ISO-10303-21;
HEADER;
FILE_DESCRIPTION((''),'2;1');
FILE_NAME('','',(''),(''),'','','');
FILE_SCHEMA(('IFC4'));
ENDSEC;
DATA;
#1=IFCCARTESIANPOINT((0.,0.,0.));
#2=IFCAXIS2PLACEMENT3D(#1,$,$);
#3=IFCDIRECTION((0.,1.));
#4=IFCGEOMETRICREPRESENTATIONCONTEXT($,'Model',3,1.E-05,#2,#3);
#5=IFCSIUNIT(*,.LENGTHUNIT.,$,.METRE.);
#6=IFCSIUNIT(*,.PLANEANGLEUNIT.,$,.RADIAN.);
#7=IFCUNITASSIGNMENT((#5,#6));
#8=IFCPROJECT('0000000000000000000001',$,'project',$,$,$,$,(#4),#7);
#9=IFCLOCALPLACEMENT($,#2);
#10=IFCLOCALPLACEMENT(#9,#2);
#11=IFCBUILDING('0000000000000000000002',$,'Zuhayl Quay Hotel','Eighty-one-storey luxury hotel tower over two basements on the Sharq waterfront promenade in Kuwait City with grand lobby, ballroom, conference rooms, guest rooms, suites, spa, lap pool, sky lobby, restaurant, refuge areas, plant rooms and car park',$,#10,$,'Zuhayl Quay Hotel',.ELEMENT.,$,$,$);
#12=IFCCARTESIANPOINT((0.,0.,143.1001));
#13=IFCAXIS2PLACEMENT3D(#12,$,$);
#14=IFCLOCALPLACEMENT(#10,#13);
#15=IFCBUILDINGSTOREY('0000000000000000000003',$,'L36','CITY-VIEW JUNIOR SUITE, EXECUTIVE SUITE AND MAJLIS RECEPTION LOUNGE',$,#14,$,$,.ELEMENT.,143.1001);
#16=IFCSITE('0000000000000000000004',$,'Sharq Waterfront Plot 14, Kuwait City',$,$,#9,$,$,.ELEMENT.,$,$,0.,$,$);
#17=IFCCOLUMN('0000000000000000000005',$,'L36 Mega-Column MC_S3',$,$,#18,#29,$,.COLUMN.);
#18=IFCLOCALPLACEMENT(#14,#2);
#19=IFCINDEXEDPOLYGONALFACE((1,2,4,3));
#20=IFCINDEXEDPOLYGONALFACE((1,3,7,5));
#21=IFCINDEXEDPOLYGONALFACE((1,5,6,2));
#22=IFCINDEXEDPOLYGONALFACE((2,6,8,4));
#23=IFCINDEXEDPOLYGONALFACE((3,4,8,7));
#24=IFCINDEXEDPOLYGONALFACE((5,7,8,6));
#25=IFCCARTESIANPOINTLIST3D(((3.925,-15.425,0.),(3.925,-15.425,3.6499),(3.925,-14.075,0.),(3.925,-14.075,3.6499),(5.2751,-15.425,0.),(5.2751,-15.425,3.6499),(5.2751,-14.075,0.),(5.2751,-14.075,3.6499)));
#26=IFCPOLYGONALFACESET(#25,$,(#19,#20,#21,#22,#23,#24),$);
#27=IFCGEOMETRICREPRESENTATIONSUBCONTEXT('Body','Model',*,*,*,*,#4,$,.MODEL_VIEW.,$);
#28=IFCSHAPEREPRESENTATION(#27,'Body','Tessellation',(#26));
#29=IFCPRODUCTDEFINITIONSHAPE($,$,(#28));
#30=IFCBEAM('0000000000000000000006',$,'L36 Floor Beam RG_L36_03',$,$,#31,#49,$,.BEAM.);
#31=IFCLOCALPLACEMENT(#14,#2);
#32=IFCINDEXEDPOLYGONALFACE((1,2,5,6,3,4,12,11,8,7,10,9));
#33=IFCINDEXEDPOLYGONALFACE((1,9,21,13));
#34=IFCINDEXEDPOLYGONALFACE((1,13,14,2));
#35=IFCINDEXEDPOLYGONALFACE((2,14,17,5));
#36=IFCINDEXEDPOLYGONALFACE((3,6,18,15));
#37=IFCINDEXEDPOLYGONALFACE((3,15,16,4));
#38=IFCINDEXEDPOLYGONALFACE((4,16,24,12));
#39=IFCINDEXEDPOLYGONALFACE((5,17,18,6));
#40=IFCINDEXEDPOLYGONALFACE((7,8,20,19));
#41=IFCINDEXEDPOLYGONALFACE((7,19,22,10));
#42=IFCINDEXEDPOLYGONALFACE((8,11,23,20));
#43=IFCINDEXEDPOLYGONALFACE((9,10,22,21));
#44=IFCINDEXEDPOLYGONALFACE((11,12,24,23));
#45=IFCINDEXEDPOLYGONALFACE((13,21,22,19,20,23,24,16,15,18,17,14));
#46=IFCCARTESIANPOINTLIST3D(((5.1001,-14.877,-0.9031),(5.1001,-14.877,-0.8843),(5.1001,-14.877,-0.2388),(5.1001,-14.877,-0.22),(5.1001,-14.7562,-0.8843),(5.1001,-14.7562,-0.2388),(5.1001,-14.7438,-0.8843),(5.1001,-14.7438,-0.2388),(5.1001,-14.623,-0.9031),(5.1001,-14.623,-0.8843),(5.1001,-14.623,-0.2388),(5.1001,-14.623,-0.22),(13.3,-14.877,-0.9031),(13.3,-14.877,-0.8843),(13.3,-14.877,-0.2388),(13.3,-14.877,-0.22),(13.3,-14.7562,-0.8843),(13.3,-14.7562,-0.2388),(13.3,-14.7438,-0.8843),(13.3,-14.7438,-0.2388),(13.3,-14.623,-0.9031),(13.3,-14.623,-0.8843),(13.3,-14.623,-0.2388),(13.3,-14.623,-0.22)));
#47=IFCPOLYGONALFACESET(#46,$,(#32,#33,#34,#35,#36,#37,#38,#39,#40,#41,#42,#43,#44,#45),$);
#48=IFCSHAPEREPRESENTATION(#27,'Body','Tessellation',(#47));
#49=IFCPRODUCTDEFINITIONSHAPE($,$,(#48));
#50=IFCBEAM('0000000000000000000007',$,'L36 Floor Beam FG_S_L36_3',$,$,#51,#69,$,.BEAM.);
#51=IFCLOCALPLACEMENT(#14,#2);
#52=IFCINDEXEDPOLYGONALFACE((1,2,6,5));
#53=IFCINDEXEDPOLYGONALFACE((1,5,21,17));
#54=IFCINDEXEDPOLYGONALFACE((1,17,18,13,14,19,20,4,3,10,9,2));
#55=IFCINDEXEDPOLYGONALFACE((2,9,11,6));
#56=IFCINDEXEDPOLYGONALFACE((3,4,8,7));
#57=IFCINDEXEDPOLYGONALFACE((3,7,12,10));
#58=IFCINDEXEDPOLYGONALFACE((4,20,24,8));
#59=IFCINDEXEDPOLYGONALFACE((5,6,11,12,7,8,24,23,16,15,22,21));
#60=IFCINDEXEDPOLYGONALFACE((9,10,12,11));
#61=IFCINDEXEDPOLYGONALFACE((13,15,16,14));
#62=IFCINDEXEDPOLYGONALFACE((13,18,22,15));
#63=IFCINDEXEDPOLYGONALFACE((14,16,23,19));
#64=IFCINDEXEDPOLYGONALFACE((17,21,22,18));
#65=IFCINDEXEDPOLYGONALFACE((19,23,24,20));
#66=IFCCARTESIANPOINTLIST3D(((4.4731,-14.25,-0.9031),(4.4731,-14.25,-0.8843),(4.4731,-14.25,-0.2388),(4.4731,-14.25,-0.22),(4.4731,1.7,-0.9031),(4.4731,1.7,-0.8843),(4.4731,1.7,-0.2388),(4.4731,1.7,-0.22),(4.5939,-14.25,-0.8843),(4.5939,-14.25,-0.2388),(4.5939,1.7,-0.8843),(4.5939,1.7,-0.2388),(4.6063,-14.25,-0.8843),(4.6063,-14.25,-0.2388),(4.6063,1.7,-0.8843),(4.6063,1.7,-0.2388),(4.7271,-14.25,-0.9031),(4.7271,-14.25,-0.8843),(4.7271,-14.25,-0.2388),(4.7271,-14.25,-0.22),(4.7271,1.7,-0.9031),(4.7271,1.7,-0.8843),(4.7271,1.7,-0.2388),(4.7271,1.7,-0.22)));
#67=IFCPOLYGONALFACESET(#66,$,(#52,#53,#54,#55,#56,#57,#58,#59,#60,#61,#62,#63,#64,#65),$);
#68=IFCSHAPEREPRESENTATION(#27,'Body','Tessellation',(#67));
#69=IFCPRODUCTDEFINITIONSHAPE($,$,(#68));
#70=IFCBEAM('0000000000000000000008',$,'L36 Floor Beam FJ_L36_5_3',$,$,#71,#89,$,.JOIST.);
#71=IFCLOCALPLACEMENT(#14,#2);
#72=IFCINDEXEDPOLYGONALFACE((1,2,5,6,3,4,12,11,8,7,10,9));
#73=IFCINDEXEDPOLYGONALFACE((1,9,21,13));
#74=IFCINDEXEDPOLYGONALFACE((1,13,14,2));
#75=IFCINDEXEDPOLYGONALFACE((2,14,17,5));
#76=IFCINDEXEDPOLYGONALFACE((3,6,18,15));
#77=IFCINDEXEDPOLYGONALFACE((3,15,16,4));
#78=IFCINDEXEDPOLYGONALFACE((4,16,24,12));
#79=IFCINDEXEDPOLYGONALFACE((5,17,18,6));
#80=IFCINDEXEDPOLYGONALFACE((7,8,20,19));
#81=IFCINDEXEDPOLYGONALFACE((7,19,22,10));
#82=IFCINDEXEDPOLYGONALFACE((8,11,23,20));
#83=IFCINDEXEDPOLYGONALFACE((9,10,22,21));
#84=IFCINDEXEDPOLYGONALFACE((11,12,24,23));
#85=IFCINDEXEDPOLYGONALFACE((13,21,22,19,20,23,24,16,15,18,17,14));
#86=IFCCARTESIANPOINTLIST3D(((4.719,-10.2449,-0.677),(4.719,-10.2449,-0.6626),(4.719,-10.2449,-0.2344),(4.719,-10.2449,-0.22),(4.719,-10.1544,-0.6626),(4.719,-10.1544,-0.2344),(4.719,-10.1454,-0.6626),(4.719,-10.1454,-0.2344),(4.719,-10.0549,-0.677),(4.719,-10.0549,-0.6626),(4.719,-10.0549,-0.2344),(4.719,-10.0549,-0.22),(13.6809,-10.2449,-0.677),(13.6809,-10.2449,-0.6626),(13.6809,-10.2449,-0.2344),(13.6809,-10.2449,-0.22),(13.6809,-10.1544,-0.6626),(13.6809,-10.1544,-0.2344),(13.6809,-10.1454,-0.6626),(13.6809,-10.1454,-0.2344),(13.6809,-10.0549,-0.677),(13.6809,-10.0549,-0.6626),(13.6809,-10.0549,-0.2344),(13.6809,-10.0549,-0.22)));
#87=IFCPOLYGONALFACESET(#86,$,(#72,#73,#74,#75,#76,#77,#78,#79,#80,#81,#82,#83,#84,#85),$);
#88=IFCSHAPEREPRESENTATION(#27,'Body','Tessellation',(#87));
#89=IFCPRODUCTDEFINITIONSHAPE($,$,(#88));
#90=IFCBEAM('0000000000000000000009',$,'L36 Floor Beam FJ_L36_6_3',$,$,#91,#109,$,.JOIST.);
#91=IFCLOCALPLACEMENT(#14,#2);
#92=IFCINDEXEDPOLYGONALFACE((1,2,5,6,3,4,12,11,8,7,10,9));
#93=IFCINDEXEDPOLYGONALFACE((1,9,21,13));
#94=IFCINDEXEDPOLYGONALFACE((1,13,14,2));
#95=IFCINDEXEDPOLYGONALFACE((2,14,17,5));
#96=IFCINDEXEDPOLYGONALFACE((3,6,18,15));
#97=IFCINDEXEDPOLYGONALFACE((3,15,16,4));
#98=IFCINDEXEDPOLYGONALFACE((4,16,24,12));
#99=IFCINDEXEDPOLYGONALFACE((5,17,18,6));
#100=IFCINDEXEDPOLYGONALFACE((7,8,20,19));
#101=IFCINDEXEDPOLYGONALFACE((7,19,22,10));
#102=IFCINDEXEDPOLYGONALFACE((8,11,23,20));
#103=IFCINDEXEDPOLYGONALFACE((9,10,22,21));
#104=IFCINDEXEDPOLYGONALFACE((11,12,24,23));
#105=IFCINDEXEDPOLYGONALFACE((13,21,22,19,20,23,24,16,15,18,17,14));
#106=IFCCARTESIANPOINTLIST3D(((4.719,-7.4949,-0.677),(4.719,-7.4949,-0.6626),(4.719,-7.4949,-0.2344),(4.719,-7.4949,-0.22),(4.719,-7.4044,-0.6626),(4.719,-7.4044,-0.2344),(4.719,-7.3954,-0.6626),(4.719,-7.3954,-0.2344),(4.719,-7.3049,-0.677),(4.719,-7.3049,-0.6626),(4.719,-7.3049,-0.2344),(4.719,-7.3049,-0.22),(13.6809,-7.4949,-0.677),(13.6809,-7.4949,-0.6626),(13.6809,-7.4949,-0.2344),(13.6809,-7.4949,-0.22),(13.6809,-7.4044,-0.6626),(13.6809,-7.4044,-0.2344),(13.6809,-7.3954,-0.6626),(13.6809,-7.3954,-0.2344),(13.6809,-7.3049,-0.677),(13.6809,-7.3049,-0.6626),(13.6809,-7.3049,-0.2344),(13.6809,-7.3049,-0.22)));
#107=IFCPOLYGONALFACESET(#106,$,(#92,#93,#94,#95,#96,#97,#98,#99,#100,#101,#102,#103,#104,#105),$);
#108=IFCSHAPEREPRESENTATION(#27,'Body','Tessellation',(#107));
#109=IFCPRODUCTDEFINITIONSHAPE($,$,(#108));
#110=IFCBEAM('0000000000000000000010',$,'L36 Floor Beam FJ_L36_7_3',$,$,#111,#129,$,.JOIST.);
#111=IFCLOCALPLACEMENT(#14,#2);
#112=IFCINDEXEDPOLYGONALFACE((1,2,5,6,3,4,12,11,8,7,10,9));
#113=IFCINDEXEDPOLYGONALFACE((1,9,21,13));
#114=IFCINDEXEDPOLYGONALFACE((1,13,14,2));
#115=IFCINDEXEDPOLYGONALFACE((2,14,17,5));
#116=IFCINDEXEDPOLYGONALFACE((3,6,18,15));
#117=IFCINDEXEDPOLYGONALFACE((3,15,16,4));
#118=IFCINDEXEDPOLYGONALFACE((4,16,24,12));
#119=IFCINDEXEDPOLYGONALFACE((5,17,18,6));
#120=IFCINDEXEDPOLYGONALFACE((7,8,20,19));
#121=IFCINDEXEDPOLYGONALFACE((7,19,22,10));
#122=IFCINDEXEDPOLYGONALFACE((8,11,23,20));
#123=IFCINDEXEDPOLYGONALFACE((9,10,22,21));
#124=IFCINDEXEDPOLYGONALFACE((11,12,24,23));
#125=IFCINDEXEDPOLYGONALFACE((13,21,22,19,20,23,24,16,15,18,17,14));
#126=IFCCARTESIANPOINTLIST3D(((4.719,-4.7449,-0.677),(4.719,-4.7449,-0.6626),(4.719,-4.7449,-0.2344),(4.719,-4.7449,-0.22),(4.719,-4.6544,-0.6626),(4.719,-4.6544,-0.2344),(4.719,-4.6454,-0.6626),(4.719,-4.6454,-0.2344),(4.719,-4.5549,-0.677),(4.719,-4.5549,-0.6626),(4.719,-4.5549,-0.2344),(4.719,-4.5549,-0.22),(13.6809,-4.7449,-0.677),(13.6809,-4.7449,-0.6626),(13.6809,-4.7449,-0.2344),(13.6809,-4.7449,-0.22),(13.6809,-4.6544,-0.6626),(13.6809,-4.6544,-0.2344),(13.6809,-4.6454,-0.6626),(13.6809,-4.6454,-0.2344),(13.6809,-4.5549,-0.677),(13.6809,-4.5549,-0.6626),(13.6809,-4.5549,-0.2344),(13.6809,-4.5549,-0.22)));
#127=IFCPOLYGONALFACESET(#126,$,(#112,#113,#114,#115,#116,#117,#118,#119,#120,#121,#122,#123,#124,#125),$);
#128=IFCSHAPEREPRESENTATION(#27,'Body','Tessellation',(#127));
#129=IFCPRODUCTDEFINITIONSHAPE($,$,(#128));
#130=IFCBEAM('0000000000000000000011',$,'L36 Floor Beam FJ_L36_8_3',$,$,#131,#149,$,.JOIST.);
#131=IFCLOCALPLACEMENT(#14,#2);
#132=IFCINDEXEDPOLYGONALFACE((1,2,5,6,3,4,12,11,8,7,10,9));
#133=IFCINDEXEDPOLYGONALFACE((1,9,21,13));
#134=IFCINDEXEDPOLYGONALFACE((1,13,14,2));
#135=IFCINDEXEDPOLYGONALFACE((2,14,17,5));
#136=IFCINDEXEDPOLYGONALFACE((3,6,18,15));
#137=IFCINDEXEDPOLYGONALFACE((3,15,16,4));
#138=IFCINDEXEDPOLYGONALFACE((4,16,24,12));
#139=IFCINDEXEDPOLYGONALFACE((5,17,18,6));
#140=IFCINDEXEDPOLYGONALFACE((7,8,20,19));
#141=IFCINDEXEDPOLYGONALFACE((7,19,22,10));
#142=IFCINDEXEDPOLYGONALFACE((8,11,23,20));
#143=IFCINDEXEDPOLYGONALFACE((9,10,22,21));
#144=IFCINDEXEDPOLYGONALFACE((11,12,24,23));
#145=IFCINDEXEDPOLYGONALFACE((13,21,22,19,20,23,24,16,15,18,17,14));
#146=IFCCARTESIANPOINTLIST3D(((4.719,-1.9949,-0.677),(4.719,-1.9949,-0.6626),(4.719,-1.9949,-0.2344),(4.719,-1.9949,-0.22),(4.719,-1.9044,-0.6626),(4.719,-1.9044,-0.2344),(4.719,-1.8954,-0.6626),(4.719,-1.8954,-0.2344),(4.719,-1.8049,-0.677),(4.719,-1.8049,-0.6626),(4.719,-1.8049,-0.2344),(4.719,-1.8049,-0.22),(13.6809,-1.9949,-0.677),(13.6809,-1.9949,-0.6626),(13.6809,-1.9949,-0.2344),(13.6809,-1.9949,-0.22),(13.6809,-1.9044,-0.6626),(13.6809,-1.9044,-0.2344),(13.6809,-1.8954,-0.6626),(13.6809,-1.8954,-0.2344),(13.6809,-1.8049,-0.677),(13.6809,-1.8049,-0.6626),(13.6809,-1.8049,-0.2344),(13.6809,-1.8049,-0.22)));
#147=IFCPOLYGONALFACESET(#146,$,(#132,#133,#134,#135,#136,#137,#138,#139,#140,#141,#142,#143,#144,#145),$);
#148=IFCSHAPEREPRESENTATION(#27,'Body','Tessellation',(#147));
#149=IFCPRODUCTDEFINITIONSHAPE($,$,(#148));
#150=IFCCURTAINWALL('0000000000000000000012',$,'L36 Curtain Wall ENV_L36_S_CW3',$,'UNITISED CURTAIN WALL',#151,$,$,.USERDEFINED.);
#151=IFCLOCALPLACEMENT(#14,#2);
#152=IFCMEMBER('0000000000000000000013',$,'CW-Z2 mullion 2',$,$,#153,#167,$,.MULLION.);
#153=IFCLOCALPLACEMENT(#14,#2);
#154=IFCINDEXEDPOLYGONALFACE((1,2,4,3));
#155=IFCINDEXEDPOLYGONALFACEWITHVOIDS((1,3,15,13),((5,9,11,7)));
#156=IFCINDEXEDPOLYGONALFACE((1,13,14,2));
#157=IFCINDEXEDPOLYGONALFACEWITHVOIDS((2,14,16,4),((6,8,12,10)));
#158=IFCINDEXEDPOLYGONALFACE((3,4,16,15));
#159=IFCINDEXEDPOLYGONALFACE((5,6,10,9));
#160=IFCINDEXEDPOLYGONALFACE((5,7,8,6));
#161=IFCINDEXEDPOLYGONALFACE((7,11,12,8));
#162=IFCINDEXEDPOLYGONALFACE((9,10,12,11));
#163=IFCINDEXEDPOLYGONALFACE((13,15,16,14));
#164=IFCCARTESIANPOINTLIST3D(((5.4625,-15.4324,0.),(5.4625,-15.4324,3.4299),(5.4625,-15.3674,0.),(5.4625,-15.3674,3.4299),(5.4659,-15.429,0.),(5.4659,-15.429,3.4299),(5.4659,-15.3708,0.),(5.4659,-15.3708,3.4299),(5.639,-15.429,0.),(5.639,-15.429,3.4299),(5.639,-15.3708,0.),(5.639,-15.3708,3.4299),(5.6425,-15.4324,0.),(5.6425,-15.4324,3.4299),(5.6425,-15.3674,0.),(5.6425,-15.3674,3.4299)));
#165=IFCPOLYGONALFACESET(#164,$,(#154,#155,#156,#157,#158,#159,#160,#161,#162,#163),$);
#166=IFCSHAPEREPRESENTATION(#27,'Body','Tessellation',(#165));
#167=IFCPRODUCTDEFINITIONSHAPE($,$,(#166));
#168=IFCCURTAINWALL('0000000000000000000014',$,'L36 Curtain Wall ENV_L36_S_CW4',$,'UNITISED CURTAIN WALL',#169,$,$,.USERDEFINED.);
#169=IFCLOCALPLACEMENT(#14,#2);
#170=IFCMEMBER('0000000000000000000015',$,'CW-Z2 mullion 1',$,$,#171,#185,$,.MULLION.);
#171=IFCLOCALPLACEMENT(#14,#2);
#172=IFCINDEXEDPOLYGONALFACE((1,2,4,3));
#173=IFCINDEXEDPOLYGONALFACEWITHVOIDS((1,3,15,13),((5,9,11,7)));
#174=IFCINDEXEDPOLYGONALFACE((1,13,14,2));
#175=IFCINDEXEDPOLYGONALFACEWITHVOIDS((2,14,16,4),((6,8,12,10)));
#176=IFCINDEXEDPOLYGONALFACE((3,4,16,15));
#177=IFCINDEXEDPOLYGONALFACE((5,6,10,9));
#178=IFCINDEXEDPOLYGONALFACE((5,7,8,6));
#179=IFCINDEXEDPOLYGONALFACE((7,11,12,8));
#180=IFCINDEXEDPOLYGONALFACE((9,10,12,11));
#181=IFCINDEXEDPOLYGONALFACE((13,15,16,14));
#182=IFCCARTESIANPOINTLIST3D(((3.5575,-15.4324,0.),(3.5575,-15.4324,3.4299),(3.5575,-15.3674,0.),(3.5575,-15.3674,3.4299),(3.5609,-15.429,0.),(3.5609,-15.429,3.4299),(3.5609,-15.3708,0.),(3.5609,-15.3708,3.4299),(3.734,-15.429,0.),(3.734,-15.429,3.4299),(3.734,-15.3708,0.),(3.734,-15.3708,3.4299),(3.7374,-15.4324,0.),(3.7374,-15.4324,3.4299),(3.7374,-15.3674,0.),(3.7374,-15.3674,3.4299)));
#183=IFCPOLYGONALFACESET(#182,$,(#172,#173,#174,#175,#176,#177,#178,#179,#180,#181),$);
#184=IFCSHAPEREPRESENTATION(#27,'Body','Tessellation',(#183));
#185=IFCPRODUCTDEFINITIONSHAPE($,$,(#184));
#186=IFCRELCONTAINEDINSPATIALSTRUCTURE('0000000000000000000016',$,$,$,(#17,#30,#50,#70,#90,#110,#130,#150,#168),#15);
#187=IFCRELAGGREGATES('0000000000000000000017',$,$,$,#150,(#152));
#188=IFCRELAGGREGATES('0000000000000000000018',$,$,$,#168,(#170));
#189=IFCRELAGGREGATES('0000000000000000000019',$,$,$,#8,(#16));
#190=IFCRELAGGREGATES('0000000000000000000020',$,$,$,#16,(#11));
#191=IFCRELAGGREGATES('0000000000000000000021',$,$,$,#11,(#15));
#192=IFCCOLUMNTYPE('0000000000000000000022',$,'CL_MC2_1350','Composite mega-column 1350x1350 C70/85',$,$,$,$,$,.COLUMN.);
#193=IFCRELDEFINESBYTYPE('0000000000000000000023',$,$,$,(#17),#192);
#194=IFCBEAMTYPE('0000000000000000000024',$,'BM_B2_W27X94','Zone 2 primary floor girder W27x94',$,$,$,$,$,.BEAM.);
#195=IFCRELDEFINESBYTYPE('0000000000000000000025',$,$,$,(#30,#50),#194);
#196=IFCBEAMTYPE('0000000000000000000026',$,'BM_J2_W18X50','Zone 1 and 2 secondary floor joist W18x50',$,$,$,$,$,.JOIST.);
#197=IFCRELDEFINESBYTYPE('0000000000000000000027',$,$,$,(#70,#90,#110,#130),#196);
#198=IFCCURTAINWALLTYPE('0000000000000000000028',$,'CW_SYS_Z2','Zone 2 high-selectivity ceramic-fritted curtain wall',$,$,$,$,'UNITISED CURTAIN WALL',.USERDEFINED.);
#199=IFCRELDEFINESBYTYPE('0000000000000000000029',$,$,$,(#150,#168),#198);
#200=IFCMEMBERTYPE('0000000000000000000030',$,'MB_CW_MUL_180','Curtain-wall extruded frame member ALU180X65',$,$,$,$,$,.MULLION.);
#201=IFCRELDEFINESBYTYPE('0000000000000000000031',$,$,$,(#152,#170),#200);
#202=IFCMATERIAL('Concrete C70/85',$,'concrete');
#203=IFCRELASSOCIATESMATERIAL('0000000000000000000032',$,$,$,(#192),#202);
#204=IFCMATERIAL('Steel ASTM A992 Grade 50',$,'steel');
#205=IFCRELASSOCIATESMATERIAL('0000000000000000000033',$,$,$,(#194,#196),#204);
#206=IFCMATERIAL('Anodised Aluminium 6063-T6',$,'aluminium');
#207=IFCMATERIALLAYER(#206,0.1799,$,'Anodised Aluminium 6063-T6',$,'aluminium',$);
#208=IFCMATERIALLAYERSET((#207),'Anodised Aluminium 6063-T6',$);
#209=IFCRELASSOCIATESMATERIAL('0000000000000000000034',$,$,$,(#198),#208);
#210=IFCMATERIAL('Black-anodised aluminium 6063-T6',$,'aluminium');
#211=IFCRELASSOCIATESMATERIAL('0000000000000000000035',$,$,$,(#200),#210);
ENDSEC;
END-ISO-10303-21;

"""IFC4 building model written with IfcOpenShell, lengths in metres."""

from ifc_helpers import new_model, si_unit, direction, frame, origin, origin_2d, place, context, subcontext, project, spatial, rectangle, hollow_rectangle, i_section, extrude, material, layer, layer_set, material_profile, profile_set, type_object, element, aggregate, save


model = new_model("IFC4")

# Units and contexts
model_context = context("Model", 3, precision=1e-05, world=origin(), true_north=direction((0.0, 1.0)))
body_context = subcontext(model_context, "Body", "Model", "MODEL_VIEW")
ifc_project = project(units=[si_unit("LENGTHUNIT", "METRE"), si_unit("PLANEANGLEUNIT", "RADIAN")], contexts=[model_context])

# Site, building, storey
site_placement = place(None, origin())
site = spatial("IfcSite", under=ifc_project, at=site_placement, Name="Sharq Waterfront Plot 14, Kuwait City", CompositionType="ELEMENT", RefElevation=0.0)
building_placement = place(site_placement, origin())
building = spatial("IfcBuilding", under=site, at=building_placement, Name="Zuhayl Quay Hotel", Description="Eighty-one-storey luxury hotel tower over two basements on the Sharq waterfront promenade in Kuwait City with grand lobby, ballroom, conference rooms, guest rooms, suites, spa, lap pool, sky lobby, restaurant, refuge areas, plant rooms and car park", LongName="Zuhayl Quay Hotel", CompositionType="ELEMENT")
storey_placement = place(building_placement, frame((0.0, 0.0, 143.1001)))
storey = spatial("IfcBuildingStorey", under=building, at=storey_placement, Name="L36", Description="CITY-VIEW JUNIOR SUITE, EXECUTIVE SUITE AND MAJLIS RECEPTION LOUNGE", CompositionType="ELEMENT", Elevation=143.1001)

# Column
ifc_material_1 = material(Name="Concrete C70/85", Category="concrete")
ifc_material_profile_1 = material_profile(ifc_material_1, rectangle(XDim=1.3501, YDim=1.3501, at=origin_2d()), Name="RC1350X1350")
ifc_profile_set_1 = profile_set([ifc_material_profile_1], Name="Concrete C70/85")
column_type = type_object("IfcColumnType", Name="CL_MC2_1350", Description="Composite mega-column 1350x1350 C70/85", PredefinedType="COLUMN", material=ifc_profile_set_1)
column_placement = place(storey_placement, frame((4.6001, -14.75, 0.0), z_axis=(0.0, 0.0, 1.0), x_axis=(1.0, 0.0, 0.0)))
element("IfcColumn", 1, at=column_placement, inside=storey, type_object=column_type, Name="L36 Mega-Column MC_S3", PredefinedType="COLUMN", context=body_context, shape_type="SweptSolid", body=[
    extrude(rectangle(XDim=1.3501, YDim=1.3501, at=origin_2d()), origin(), (0.0, 0.0, 1.0), 3.6499),
])

# Beams
ifc_material_2 = material(Name="Steel ASTM A992 Grade 50", Category="steel")
ifc_material_profile_2 = material_profile(ifc_material_2, i_section(OverallWidth=0.2539, OverallDepth=0.6831, WebThickness=0.0125, FlangeThickness=0.0188, at=origin_2d()), Name="W27X94")
ifc_profile_set_2 = profile_set([ifc_material_profile_2], Name="Steel ASTM A992 Grade 50")
beam_type_1 = type_object("IfcBeamType", Name="BM_B2_W27X94", Description="Zone 2 primary floor girder W27x94", PredefinedType="BEAM", material=ifc_profile_set_2)
beam_1_placement = place(storey_placement, frame((5.1001, -14.75, -0.5615), z_axis=(1.0, 0.0, 0.0), x_axis=(0.0, 1.0, 0.0)))
element("IfcBeam", 2, at=beam_1_placement, inside=storey, type_object=beam_type_1, Name="L36 Floor Beam RG_L36_03", PredefinedType="BEAM", context=body_context, shape_type="SweptSolid", body=[
    extrude(i_section(OverallWidth=0.2539, OverallDepth=0.6831, WebThickness=0.0125, FlangeThickness=0.0188, at=origin_2d()), origin(), (0.0, 0.0, 1.0), 8.2),
])
beam_2_placement = place(storey_placement, frame((4.6001, -14.25, -0.5615), z_axis=(0.0, 1.0, 0.0), x_axis=(-1.0, 0.0, 0.0)))
element("IfcBeam", 3, at=beam_2_placement, inside=storey, type_object=beam_type_1, Name="L36 Floor Beam FG_S_L36_3", PredefinedType="BEAM", context=body_context, shape_type="SweptSolid", body=[
    extrude(i_section(OverallWidth=0.2539, OverallDepth=0.6831, WebThickness=0.0125, FlangeThickness=0.0188, at=origin_2d()), origin(), (0.0, 0.0, 1.0), 15.95),
])
ifc_material_profile_3 = material_profile(ifc_material_2, i_section(OverallWidth=0.1899, OverallDepth=0.457, WebThickness=0.009, FlangeThickness=0.0144, at=origin_2d()), Name="W18X50")
ifc_profile_set_3 = profile_set([ifc_material_profile_3], Name="Steel ASTM A992 Grade 50")
beam_type_2 = type_object("IfcBeamType", Name="BM_J2_W18X50", Description="Zone 1 and 2 secondary floor joist W18x50", PredefinedType="JOIST", material=ifc_profile_set_3)
for number, where, z_axis, x_axis, name in (
    (4, (4.719, -10.1499, -0.4485), (1.0, 0.0, 0.0), (0.0, 1.0, 0.0), "L36 Floor Beam FJ_L36_5_3"),
    (5, (4.719, -7.3999, -0.4485), (1.0, 0.0, 0.0), (0.0, 1.0, 0.0), "L36 Floor Beam FJ_L36_6_3"),
    (6, (4.719, -4.6499, -0.4485), (1.0, 0.0, 0.0), (0.0, 1.0, 0.0), "L36 Floor Beam FJ_L36_7_3"),
    (7, (4.719, -1.8999, -0.4485), (1.0, 0.0, 0.0), (0.0, 1.0, 0.0), "L36 Floor Beam FJ_L36_8_3"),
):
    element("IfcBeam", number, at=place(storey_placement, frame(where, z_axis=z_axis, x_axis=x_axis)), inside=storey, type_object=beam_type_2, Name=name, PredefinedType="JOIST", context=body_context, shape_type="SweptSolid", body=[
        extrude(i_section(OverallWidth=0.1899, OverallDepth=0.457, WebThickness=0.009, FlangeThickness=0.0144, at=origin_2d()), origin(), (0.0, 0.0, 1.0), 8.9619),
    ])

# Curtain walls, members
ifc_material_3 = material(Name="Anodised Aluminium 6063-T6", Category="aluminium")
ifc_layer_1 = layer(ifc_material_3, 0.1799, Name="Anodised Aluminium 6063-T6", Category="aluminium")
ifc_layer_set_1 = layer_set([ifc_layer_1], Name="Anodised Aluminium 6063-T6")
curtain_wall_type = type_object("IfcCurtainWallType", Name="CW_SYS_Z2", Description="Zone 2 high-selectivity ceramic-fritted curtain wall", ElementType="UNITISED CURTAIN WALL", PredefinedType="USERDEFINED", material=ifc_layer_set_1)
curtain_wall_1_placement = place(storey_placement, origin())
curtain_wall_1 = element("IfcCurtainWall", 8, at=curtain_wall_1_placement, inside=storey, type_object=curtain_wall_type, Name="L36 Curtain Wall ENV_L36_S_CW3", ObjectType="UNITISED CURTAIN WALL", PredefinedType="USERDEFINED")
ifc_material_4 = material(Name="Black-anodised aluminium 6063-T6", Category="aluminium")
ifc_material_profile_4 = material_profile(ifc_material_4, hollow_rectangle(XDim=0.0649, YDim=0.1799, WallThickness=0.0034, at=origin_2d()), Name="ALU180X65")
ifc_profile_set_4 = profile_set([ifc_material_profile_4], Name="Black-anodised aluminium 6063-T6")
member_type_1 = type_object("IfcMemberType", Name="MB_CW_MUL_180", Description="Curtain-wall extruded frame member ALU180X65", PredefinedType="MULLION", material=ifc_profile_set_4)
member_1_placement = place(storey_placement, frame((5.5525, -15.3999, 0.0), z_axis=(0.0, 0.0, 1.0), x_axis=(0.0, -1.0, 0.0)))
member_1 = element("IfcMember", 9, at=member_1_placement, type_object=member_type_1, Name="CW-Z2 mullion 2", PredefinedType="MULLION", context=body_context, shape_type="SweptSolid", body=[
    extrude(hollow_rectangle(XDim=0.0649, YDim=0.1799, WallThickness=0.0034, at=origin_2d()), origin(), (0.0, 0.0, 1.0), 3.4299),
])
curtain_wall_2_placement = place(storey_placement, origin())
curtain_wall_2 = element("IfcCurtainWall", 10, at=curtain_wall_2_placement, inside=storey, type_object=curtain_wall_type, Name="L36 Curtain Wall ENV_L36_S_CW4", ObjectType="UNITISED CURTAIN WALL", PredefinedType="USERDEFINED")
member_2_placement = place(storey_placement, frame((3.6475, -15.3999, 0.0), z_axis=(0.0, 0.0, 1.0), x_axis=(0.0, -1.0, 0.0)))
member_2 = element("IfcMember", 11, at=member_2_placement, type_object=member_type_1, Name="CW-Z2 mullion 1", PredefinedType="MULLION", context=body_context, shape_type="SweptSolid", body=[
    extrude(hollow_rectangle(XDim=0.0649, YDim=0.1799, WallThickness=0.0034, at=origin_2d()), origin(), (0.0, 0.0, 1.0), 3.4299),
])

aggregate(curtain_wall_1, [member_1])
aggregate(curtain_wall_2, [member_2])

save(model, "model.ifc")
